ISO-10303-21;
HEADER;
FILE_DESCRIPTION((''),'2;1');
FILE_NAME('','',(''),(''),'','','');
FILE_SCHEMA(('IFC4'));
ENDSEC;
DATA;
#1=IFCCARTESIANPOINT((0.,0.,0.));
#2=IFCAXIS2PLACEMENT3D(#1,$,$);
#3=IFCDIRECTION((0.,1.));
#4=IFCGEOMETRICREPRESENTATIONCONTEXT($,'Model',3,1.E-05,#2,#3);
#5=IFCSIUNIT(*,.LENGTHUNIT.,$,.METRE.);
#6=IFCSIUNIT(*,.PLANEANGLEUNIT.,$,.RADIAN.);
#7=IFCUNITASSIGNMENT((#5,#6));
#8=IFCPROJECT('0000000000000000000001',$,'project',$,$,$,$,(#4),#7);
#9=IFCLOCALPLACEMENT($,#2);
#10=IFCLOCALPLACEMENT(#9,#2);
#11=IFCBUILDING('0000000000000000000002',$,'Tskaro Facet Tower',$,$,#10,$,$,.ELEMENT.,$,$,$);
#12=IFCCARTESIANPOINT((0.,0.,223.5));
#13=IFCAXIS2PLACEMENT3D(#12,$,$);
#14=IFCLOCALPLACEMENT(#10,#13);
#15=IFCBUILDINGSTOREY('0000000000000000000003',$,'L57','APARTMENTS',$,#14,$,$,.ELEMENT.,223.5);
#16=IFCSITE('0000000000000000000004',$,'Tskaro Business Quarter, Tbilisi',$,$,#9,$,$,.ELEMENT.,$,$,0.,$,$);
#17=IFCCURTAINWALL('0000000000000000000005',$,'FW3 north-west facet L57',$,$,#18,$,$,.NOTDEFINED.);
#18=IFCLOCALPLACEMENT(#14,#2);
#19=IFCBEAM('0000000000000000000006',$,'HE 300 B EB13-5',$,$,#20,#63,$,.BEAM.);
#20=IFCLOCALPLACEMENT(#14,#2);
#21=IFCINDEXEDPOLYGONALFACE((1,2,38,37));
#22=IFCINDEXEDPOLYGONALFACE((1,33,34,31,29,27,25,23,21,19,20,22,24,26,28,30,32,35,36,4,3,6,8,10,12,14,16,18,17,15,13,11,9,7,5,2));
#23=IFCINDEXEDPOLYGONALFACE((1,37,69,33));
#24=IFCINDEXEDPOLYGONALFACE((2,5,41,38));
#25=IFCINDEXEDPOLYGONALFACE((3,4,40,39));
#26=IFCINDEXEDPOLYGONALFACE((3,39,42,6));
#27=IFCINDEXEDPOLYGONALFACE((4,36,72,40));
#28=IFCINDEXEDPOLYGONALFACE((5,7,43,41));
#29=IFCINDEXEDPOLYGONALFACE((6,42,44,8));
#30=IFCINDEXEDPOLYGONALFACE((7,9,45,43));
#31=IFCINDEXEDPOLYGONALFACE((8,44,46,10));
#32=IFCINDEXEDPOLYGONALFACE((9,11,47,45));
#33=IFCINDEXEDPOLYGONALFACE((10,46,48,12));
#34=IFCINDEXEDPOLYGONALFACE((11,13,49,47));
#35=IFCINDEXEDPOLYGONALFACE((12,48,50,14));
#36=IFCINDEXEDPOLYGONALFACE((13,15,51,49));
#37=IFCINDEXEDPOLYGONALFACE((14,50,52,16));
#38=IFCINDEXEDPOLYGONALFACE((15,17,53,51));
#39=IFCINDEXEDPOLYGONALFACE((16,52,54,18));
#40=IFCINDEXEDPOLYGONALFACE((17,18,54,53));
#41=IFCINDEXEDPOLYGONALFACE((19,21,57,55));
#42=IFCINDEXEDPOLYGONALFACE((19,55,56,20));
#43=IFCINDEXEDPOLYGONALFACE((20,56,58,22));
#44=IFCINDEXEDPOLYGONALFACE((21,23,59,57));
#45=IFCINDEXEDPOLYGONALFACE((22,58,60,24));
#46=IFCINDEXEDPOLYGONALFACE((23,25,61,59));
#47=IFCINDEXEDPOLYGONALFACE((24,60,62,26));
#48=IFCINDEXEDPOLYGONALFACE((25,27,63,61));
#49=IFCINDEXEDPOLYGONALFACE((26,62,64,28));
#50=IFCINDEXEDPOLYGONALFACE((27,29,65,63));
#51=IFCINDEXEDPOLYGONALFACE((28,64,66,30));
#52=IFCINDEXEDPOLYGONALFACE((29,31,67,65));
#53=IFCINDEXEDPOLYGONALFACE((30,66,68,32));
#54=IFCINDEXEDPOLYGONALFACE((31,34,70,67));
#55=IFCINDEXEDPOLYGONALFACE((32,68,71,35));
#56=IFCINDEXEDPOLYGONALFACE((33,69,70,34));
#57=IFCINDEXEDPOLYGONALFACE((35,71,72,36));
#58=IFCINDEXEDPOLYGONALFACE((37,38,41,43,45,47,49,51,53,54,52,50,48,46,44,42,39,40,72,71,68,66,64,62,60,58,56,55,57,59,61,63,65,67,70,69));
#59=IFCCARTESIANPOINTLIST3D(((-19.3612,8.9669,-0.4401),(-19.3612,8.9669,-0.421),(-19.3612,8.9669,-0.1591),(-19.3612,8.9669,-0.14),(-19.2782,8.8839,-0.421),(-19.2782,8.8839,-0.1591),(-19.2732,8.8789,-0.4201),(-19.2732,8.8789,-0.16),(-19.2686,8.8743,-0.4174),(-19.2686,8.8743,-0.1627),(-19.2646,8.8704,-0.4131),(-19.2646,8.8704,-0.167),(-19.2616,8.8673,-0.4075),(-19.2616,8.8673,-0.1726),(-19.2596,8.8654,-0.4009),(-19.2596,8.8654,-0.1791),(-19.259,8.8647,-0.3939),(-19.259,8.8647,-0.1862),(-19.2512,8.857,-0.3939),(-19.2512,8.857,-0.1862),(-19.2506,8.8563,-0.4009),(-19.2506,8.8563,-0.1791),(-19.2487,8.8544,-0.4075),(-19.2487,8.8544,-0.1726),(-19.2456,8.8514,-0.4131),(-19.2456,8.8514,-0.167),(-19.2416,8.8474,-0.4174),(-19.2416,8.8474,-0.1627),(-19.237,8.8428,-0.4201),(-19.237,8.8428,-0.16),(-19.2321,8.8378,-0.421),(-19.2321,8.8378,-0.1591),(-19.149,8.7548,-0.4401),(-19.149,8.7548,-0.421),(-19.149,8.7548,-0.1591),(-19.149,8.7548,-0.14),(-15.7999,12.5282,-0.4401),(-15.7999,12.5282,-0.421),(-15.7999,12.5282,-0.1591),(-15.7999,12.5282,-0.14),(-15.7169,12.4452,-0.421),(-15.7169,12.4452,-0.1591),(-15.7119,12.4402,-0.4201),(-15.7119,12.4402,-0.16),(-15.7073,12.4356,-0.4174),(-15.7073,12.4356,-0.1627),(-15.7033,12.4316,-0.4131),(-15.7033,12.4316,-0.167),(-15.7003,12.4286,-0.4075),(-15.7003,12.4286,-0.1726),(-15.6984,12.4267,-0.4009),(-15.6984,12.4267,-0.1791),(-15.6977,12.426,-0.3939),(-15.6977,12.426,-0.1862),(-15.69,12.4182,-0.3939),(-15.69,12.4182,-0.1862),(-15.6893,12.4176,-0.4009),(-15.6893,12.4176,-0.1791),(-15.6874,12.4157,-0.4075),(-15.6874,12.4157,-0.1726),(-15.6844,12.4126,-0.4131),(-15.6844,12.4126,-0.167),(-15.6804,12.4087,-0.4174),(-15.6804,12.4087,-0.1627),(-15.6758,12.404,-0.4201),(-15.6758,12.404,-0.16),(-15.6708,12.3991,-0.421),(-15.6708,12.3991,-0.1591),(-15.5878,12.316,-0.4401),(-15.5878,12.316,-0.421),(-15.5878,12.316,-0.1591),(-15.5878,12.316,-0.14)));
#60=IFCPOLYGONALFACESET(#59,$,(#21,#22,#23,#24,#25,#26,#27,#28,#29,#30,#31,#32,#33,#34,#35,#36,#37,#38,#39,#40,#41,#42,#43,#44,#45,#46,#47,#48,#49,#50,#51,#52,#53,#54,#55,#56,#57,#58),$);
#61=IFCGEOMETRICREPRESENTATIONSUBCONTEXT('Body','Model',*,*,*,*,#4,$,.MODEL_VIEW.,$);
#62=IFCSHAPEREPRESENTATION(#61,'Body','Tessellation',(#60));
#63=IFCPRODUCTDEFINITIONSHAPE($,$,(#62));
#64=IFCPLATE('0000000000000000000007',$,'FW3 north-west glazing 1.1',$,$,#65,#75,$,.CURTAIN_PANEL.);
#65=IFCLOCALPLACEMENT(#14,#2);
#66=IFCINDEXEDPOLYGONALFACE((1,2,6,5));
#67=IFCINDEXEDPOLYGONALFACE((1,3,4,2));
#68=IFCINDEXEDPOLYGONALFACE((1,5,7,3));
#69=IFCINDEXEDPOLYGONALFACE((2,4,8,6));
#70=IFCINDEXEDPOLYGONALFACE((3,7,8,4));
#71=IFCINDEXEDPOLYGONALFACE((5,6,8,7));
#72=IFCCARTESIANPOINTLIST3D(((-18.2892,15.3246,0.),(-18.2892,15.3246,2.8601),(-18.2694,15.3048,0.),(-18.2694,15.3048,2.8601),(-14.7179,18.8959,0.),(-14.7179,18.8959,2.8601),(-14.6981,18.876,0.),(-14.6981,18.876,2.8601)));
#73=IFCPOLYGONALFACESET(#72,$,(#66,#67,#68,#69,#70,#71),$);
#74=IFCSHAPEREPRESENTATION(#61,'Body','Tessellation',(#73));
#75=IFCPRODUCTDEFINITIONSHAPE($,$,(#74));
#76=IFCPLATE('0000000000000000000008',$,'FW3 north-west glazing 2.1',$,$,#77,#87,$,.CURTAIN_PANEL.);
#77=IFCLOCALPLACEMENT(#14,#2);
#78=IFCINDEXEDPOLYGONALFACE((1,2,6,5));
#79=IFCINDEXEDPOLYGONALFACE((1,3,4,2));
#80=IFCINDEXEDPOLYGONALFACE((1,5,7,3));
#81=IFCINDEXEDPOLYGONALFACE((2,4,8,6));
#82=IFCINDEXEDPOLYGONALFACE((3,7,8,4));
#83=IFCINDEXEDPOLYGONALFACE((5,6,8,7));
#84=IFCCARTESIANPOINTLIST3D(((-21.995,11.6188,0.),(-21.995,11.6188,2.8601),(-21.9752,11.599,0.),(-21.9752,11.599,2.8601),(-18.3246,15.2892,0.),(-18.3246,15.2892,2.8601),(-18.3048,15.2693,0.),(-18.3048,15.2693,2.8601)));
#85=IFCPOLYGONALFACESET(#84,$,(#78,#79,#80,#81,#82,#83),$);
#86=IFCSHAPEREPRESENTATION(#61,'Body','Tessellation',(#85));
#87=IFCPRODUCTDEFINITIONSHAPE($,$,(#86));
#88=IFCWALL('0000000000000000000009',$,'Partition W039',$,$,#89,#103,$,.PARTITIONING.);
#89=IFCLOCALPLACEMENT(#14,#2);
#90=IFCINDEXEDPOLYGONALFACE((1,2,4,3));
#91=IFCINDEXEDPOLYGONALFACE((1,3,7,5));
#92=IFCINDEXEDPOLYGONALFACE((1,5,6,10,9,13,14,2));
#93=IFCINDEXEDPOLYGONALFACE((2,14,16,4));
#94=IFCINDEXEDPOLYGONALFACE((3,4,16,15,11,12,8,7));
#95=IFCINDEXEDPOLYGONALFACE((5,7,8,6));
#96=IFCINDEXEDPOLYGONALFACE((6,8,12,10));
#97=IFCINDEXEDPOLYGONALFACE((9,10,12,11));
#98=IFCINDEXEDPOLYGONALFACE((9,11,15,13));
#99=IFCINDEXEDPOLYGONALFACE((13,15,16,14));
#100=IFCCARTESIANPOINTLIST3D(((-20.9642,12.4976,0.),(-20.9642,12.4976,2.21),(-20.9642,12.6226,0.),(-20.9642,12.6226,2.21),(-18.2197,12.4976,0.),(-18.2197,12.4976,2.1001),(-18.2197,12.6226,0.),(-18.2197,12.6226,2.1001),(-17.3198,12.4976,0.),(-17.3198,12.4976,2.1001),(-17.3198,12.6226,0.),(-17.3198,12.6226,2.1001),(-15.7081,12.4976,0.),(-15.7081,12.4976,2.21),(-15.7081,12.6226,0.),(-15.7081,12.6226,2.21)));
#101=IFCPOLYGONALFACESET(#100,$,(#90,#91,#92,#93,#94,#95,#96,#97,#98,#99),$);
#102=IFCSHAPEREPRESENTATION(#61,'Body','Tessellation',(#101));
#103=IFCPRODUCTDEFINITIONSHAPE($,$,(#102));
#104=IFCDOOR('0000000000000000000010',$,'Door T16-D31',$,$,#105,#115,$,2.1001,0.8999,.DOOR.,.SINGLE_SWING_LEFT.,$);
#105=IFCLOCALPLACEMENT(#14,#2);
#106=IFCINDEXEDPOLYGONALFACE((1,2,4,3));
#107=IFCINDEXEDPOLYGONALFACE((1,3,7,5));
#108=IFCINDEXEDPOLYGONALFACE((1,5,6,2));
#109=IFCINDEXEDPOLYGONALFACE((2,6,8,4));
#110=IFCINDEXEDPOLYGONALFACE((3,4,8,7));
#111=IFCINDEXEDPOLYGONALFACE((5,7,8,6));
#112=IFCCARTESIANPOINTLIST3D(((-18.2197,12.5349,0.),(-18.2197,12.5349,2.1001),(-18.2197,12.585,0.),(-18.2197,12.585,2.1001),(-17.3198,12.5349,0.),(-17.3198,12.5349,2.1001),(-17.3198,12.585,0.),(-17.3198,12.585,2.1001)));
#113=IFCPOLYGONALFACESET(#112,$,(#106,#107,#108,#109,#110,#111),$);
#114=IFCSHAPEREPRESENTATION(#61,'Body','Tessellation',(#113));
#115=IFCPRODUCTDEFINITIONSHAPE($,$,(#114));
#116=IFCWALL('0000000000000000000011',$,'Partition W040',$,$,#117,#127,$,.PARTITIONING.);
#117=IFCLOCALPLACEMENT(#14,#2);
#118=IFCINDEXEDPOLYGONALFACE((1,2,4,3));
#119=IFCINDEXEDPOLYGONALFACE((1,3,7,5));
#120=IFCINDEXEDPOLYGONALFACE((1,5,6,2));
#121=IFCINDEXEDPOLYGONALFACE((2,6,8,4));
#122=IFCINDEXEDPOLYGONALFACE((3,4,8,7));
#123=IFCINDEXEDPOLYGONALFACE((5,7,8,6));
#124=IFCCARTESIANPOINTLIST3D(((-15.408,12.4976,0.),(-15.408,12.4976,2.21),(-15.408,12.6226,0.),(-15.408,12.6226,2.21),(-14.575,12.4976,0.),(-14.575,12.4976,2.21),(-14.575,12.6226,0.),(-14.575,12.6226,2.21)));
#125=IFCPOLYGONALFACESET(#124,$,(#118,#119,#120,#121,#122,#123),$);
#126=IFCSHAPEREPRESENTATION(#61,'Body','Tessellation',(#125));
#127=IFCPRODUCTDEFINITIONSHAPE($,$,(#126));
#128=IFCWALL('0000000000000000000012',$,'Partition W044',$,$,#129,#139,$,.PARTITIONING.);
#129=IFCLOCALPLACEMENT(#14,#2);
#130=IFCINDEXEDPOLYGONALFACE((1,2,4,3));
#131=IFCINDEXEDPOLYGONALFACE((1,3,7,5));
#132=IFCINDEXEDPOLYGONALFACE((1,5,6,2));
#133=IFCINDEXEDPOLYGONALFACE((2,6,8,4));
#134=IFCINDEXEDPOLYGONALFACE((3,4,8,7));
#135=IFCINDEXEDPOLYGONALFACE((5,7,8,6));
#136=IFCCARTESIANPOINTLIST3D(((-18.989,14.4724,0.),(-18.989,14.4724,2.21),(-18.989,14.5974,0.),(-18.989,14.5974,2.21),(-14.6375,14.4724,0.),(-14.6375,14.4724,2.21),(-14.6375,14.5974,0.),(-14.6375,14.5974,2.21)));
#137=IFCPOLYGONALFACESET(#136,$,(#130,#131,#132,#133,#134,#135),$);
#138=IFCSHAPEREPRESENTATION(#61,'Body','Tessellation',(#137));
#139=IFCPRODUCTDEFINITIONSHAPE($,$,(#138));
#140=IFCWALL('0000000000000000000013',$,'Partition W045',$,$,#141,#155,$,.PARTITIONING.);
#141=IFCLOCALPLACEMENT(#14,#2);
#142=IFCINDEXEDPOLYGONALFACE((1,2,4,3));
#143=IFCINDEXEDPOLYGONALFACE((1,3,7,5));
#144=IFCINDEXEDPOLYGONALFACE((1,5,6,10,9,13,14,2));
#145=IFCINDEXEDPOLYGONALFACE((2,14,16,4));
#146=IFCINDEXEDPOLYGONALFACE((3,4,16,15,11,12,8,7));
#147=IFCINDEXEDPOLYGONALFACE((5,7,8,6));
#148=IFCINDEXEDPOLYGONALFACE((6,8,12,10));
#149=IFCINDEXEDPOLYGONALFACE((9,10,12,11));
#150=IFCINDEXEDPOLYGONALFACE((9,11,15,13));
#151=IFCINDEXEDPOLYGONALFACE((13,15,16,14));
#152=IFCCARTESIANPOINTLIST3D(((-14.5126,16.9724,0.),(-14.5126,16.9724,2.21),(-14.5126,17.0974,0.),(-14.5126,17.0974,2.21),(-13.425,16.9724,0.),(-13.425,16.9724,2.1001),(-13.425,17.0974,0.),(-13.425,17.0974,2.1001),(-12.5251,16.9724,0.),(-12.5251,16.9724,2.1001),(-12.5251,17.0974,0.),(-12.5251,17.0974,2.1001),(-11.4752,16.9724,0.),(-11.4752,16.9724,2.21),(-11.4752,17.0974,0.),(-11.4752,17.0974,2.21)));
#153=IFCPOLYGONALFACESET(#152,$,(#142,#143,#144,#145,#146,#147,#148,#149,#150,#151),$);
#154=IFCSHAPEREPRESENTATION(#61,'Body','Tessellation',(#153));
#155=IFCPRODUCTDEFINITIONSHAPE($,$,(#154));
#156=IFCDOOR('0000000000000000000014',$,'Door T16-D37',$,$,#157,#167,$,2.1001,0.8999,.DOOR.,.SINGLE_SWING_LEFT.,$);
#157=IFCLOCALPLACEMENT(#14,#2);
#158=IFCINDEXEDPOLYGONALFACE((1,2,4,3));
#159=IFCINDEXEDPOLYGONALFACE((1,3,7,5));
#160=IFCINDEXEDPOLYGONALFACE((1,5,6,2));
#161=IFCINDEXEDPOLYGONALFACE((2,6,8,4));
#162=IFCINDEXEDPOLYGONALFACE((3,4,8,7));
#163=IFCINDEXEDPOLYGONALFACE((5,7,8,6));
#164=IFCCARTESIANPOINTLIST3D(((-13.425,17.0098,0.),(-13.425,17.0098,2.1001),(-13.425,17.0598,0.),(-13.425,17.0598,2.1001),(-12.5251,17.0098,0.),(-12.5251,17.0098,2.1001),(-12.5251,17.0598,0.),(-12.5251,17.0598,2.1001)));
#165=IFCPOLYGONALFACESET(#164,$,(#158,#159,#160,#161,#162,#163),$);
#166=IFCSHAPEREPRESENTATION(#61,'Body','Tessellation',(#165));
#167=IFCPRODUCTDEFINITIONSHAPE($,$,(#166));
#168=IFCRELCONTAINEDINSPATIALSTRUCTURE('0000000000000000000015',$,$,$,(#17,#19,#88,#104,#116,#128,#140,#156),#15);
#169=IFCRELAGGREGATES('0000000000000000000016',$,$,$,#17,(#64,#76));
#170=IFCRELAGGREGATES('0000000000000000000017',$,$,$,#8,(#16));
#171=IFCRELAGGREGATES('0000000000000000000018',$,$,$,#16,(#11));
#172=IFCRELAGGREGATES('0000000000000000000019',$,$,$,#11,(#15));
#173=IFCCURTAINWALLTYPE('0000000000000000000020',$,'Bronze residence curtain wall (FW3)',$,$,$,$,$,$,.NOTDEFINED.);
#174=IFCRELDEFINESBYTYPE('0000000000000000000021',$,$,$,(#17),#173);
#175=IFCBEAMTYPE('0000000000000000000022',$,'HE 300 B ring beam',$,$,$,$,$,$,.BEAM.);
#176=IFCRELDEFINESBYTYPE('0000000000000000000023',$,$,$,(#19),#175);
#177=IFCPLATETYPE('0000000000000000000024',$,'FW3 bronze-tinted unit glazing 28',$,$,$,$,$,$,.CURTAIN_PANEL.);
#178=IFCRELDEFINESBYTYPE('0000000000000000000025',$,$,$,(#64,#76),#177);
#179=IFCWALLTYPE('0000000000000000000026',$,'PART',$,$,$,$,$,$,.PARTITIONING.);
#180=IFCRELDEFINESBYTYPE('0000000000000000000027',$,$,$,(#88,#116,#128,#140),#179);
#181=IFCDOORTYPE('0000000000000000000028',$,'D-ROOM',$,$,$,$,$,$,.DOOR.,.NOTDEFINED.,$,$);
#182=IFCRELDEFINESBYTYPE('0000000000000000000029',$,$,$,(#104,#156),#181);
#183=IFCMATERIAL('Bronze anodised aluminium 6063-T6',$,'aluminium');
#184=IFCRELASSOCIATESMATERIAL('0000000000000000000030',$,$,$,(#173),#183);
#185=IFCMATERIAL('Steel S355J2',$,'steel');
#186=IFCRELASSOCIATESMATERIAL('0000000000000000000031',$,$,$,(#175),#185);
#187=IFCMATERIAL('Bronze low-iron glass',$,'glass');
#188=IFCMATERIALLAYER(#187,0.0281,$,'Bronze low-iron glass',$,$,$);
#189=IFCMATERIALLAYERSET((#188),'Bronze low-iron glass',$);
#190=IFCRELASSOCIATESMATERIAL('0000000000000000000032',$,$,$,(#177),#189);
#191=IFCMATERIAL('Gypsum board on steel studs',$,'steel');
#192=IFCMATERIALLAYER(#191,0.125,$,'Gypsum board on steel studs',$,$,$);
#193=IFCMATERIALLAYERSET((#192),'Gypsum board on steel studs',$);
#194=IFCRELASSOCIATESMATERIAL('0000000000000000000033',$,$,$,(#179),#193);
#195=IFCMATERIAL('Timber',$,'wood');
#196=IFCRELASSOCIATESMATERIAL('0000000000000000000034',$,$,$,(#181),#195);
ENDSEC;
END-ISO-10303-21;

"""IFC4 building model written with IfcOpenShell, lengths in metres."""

from ifc_helpers import new_model, si_unit, direction, frame, frame_2d, origin, origin_2d, place, context, subcontext, project, spatial, rectangle, i_section, extrude, material, layer, layer_set, material_profile, profile_set, type_object, element, fill, aggregate, save


model = new_model("IFC4")

# Units and contexts
model_context = context("Model", 3, precision=1e-05, world=origin(), true_north=direction((0.0, 1.0)))
body_context = subcontext(model_context, "Body", "Model", "MODEL_VIEW")
ifc_project = project(units=[si_unit("LENGTHUNIT", "METRE"), si_unit("PLANEANGLEUNIT", "RADIAN")], contexts=[model_context])

# Site, building, storey
site_placement = place(None, origin())
site = spatial("IfcSite", under=ifc_project, at=site_placement, Name="Tskaro Business Quarter, Tbilisi", CompositionType="ELEMENT", RefElevation=0.0)
building_placement = place(site_placement, origin())
building = spatial("IfcBuilding", under=site, at=building_placement, Name="Tskaro Facet Tower", CompositionType="ELEMENT")
storey_placement = place(building_placement, frame((0.0, 0.0, 223.5)))
storey = spatial("IfcBuildingStorey", under=building, at=storey_placement, Name="L57", Description="APARTMENTS", CompositionType="ELEMENT", Elevation=223.5)

# Shared definitions
ifc_material_1 = material(Name="Steel S355J2", Category="steel")

# Curtain wall
ifc_material_2 = material(Name="Bronze anodised aluminium 6063-T6", Category="aluminium")
curtain_wall_type = type_object("IfcCurtainWallType", Name="Bronze residence curtain wall (FW3)", PredefinedType="NOTDEFINED", material=ifc_material_2)
curtain_wall_1_placement = place(storey_placement, origin())
curtain_wall_1 = element("IfcCurtainWall", 1, at=curtain_wall_1_placement, inside=storey, type_object=curtain_wall_type, Name="FW3 north-west facet L57", PredefinedType="NOTDEFINED")

# Beam
ifc_material_profile_1 = material_profile(ifc_material_1, i_section(OverallWidth=0.3, OverallDepth=0.3, WebThickness=0.011, FlangeThickness=0.019, FilletRadius=0.0271, at=origin_2d()), Name="HE 300 B")
ifc_profile_set_1 = profile_set([ifc_material_profile_1], Name="Steel S355J2")
beam_type = type_object("IfcBeamType", Name="HE 300 B ring beam", PredefinedType="BEAM", material=ifc_profile_set_1)
beam_placement = place(storey_placement, frame((-15.6938, 12.4221, -0.29), z_axis=(-0.707107, -0.707107, 0.0), x_axis=(0.707107, -0.707107, 0.0)))
element("IfcBeam", 2, at=beam_placement, inside=storey, type_object=beam_type, Name="HE 300 B EB13-5", PredefinedType="BEAM", context=body_context, shape_type="SweptSolid", body=[
    extrude(i_section(OverallWidth=0.3, OverallDepth=0.3, WebThickness=0.011, FlangeThickness=0.019, FilletRadius=0.0271, at=origin_2d()), origin(), (0.0, 0.0, 1.0), 5.0364),
])

# Plates
ifc_material_3 = material(Name="Bronze low-iron glass", Category="glass")
ifc_layer_1 = layer(ifc_material_3, 0.0281, Name="Bronze low-iron glass")
ifc_layer_set_1 = layer_set([ifc_layer_1], Name="Bronze low-iron glass")
plate_type = type_object("IfcPlateType", Name="FW3 bronze-tinted unit glazing 28", PredefinedType="CURTAIN_PANEL", material=ifc_layer_set_1)
plate_1_placement = place(storey_placement, frame((-16.4937, 17.1003, 0.0), z_axis=(0.0, 0.0, 1.0), x_axis=(-0.707107, -0.707107, 0.0)))
plate_1 = element("IfcPlate", 3, at=plate_1_placement, type_object=plate_type, Name="FW3 north-west glazing 1.1", PredefinedType="CURTAIN_PANEL", context=body_context, shape_type="SweptSolid", body=[
    extrude(rectangle(XDim=5.0505, YDim=0.0281, at=origin_2d()), origin(), (0.0, 0.0, 1.0), 2.8601),
])
plate_2_placement = place(storey_placement, frame((-20.1499, 13.4441, 0.0), z_axis=(0.0, 0.0, 1.0), x_axis=(-0.707107, -0.707107, 0.0)))
plate_2 = element("IfcPlate", 4, at=plate_2_placement, type_object=plate_type, Name="FW3 north-west glazing 2.1", PredefinedType="CURTAIN_PANEL", context=body_context, shape_type="SweptSolid", body=[
    extrude(rectangle(XDim=5.1907, YDim=0.0281, at=origin_2d()), origin(), (0.0, 0.0, 1.0), 2.8601),
])
aggregate(curtain_wall_1, [plate_1, plate_2])

# Wall, opening, door
ifc_material_4 = material(Name="Gypsum board on steel studs", Category="steel")
ifc_layer_2 = layer(ifc_material_4, 0.125, Name="Gypsum board on steel studs")
ifc_layer_set_2 = layer_set([ifc_layer_2], Name="Gypsum board on steel studs")
wall_type = type_object("IfcWallType", Name="PART", PredefinedType="PARTITIONING", material=ifc_layer_set_2)
wall_1_placement = place(storey_placement, frame((-20.9641, 12.5601, 0.0), z_axis=(0.0, 0.0, 1.0), x_axis=(1.0, 0.0, 0.0)))
wall_1 = element("IfcWall", 5, at=wall_1_placement, inside=storey, type_object=wall_type, Name="Partition W039", PredefinedType="PARTITIONING", context=body_context, shape_type="SweptSolid", body=[
    extrude(rectangle(XDim=5.2561, YDim=0.125, at=frame_2d((2.6279, 0.0))), origin(), (0.0, 0.0, 1.0), 2.21),
])
opening_1_placement = place(wall_1_placement, frame((2.7444, 0.0, 0.0)))
opening_1 = element("IfcOpeningElement", 6, at=opening_1_placement, cuts=wall_1, PredefinedType="OPENING", context=body_context, shape_type="SweptSolid", body=[
    extrude(rectangle(XDim=0.8999, YDim=2.1001, at=frame_2d((0.45, 1.05))), frame((0.0, 0.0725, 0.0), z_axis=(0.0, -1.0, 0.0), x_axis=(1.0, 0.0, 0.0)), (0.0, 0.0, 1.0), 0.145),
])
ifc_material_5 = material(Name="Timber", Category="wood")
door_type = type_object("IfcDoorType", Name="D-ROOM", OperationType="NOTDEFINED", PredefinedType="DOOR", material=ifc_material_5)
door_1_placement = place(opening_1_placement, origin())
door_1 = element("IfcDoor", 7, at=door_1_placement, inside=storey, type_object=door_type, Name="Door T16-D31", OperationType="SINGLE_SWING_LEFT", OverallHeight=2.1001, OverallWidth=0.8999, PredefinedType="DOOR", context=body_context, shape_type="SweptSolid", body=[
    extrude(rectangle(XDim=0.8999, YDim=2.1001, at=frame_2d((0.45, 1.05))), frame((0.0, 0.0249, 0.0), z_axis=(0.0, -1.0, 0.0), x_axis=(1.0, 0.0, 0.0)), (0.0, 0.0, 1.0), 0.05),
])
fill(opening_1, door_1)

# Walls
wall_2_placement = place(storey_placement, frame((-15.408, 12.5601, 0.0), z_axis=(0.0, 0.0, 1.0), x_axis=(1.0, 0.0, 0.0)))
element("IfcWall", 8, at=wall_2_placement, inside=storey, type_object=wall_type, Name="Partition W040", PredefinedType="PARTITIONING", context=body_context, shape_type="SweptSolid", body=[
    extrude(rectangle(XDim=0.833, YDim=0.125, at=frame_2d((0.4165, 0.0))), origin(), (0.0, 0.0, 1.0), 2.21),
])
wall_3_placement = place(storey_placement, frame((-18.989, 14.5349, 0.0), z_axis=(0.0, 0.0, 1.0), x_axis=(1.0, 0.0, 0.0)))
element("IfcWall", 9, at=wall_3_placement, inside=storey, type_object=wall_type, Name="Partition W044", PredefinedType="PARTITIONING", context=body_context, shape_type="SweptSolid", body=[
    extrude(rectangle(XDim=4.3516, YDim=0.125, at=frame_2d((2.1758, 0.0))), origin(), (0.0, 0.0, 1.0), 2.21),
])

# Wall, opening, door
wall_4_placement = place(storey_placement, frame((-14.5125, 17.0349, 0.0), z_axis=(0.0, 0.0, 1.0), x_axis=(1.0, 0.0, 0.0)))
wall_4 = element("IfcWall", 10, at=wall_4_placement, inside=storey, type_object=wall_type, Name="Partition W045", PredefinedType="PARTITIONING", context=body_context, shape_type="SweptSolid", body=[
    extrude(rectangle(XDim=3.0374, YDim=0.125, at=frame_2d((1.5186, 0.0))), origin(), (0.0, 0.0, 1.0), 2.21),
])
opening_2_placement = place(wall_4_placement, frame((1.0874, 0.0, 0.0)))
opening_2 = element("IfcOpeningElement", 11, at=opening_2_placement, cuts=wall_4, PredefinedType="OPENING", context=body_context, shape_type="SweptSolid", body=[
    extrude(rectangle(XDim=0.8999, YDim=2.1001, at=frame_2d((0.45, 1.05))), frame((0.0, 0.0725, 0.0), z_axis=(0.0, -1.0, 0.0), x_axis=(1.0, 0.0, 0.0)), (0.0, 0.0, 1.0), 0.145),
])
door_2_placement = place(opening_2_placement, origin())
door_2 = element("IfcDoor", 12, at=door_2_placement, inside=storey, type_object=door_type, Name="Door T16-D37", OperationType="SINGLE_SWING_LEFT", OverallHeight=2.1001, OverallWidth=0.8999, PredefinedType="DOOR", context=body_context, shape_type="SweptSolid", body=[
    extrude(rectangle(XDim=0.8999, YDim=2.1001, at=frame_2d((0.45, 1.05))), frame((0.0, 0.0249, 0.0), z_axis=(0.0, -1.0, 0.0), x_axis=(1.0, 0.0, 0.0)), (0.0, 0.0, 1.0), 0.05),
])
fill(opening_2, door_2)

save(model, "model.ifc")
